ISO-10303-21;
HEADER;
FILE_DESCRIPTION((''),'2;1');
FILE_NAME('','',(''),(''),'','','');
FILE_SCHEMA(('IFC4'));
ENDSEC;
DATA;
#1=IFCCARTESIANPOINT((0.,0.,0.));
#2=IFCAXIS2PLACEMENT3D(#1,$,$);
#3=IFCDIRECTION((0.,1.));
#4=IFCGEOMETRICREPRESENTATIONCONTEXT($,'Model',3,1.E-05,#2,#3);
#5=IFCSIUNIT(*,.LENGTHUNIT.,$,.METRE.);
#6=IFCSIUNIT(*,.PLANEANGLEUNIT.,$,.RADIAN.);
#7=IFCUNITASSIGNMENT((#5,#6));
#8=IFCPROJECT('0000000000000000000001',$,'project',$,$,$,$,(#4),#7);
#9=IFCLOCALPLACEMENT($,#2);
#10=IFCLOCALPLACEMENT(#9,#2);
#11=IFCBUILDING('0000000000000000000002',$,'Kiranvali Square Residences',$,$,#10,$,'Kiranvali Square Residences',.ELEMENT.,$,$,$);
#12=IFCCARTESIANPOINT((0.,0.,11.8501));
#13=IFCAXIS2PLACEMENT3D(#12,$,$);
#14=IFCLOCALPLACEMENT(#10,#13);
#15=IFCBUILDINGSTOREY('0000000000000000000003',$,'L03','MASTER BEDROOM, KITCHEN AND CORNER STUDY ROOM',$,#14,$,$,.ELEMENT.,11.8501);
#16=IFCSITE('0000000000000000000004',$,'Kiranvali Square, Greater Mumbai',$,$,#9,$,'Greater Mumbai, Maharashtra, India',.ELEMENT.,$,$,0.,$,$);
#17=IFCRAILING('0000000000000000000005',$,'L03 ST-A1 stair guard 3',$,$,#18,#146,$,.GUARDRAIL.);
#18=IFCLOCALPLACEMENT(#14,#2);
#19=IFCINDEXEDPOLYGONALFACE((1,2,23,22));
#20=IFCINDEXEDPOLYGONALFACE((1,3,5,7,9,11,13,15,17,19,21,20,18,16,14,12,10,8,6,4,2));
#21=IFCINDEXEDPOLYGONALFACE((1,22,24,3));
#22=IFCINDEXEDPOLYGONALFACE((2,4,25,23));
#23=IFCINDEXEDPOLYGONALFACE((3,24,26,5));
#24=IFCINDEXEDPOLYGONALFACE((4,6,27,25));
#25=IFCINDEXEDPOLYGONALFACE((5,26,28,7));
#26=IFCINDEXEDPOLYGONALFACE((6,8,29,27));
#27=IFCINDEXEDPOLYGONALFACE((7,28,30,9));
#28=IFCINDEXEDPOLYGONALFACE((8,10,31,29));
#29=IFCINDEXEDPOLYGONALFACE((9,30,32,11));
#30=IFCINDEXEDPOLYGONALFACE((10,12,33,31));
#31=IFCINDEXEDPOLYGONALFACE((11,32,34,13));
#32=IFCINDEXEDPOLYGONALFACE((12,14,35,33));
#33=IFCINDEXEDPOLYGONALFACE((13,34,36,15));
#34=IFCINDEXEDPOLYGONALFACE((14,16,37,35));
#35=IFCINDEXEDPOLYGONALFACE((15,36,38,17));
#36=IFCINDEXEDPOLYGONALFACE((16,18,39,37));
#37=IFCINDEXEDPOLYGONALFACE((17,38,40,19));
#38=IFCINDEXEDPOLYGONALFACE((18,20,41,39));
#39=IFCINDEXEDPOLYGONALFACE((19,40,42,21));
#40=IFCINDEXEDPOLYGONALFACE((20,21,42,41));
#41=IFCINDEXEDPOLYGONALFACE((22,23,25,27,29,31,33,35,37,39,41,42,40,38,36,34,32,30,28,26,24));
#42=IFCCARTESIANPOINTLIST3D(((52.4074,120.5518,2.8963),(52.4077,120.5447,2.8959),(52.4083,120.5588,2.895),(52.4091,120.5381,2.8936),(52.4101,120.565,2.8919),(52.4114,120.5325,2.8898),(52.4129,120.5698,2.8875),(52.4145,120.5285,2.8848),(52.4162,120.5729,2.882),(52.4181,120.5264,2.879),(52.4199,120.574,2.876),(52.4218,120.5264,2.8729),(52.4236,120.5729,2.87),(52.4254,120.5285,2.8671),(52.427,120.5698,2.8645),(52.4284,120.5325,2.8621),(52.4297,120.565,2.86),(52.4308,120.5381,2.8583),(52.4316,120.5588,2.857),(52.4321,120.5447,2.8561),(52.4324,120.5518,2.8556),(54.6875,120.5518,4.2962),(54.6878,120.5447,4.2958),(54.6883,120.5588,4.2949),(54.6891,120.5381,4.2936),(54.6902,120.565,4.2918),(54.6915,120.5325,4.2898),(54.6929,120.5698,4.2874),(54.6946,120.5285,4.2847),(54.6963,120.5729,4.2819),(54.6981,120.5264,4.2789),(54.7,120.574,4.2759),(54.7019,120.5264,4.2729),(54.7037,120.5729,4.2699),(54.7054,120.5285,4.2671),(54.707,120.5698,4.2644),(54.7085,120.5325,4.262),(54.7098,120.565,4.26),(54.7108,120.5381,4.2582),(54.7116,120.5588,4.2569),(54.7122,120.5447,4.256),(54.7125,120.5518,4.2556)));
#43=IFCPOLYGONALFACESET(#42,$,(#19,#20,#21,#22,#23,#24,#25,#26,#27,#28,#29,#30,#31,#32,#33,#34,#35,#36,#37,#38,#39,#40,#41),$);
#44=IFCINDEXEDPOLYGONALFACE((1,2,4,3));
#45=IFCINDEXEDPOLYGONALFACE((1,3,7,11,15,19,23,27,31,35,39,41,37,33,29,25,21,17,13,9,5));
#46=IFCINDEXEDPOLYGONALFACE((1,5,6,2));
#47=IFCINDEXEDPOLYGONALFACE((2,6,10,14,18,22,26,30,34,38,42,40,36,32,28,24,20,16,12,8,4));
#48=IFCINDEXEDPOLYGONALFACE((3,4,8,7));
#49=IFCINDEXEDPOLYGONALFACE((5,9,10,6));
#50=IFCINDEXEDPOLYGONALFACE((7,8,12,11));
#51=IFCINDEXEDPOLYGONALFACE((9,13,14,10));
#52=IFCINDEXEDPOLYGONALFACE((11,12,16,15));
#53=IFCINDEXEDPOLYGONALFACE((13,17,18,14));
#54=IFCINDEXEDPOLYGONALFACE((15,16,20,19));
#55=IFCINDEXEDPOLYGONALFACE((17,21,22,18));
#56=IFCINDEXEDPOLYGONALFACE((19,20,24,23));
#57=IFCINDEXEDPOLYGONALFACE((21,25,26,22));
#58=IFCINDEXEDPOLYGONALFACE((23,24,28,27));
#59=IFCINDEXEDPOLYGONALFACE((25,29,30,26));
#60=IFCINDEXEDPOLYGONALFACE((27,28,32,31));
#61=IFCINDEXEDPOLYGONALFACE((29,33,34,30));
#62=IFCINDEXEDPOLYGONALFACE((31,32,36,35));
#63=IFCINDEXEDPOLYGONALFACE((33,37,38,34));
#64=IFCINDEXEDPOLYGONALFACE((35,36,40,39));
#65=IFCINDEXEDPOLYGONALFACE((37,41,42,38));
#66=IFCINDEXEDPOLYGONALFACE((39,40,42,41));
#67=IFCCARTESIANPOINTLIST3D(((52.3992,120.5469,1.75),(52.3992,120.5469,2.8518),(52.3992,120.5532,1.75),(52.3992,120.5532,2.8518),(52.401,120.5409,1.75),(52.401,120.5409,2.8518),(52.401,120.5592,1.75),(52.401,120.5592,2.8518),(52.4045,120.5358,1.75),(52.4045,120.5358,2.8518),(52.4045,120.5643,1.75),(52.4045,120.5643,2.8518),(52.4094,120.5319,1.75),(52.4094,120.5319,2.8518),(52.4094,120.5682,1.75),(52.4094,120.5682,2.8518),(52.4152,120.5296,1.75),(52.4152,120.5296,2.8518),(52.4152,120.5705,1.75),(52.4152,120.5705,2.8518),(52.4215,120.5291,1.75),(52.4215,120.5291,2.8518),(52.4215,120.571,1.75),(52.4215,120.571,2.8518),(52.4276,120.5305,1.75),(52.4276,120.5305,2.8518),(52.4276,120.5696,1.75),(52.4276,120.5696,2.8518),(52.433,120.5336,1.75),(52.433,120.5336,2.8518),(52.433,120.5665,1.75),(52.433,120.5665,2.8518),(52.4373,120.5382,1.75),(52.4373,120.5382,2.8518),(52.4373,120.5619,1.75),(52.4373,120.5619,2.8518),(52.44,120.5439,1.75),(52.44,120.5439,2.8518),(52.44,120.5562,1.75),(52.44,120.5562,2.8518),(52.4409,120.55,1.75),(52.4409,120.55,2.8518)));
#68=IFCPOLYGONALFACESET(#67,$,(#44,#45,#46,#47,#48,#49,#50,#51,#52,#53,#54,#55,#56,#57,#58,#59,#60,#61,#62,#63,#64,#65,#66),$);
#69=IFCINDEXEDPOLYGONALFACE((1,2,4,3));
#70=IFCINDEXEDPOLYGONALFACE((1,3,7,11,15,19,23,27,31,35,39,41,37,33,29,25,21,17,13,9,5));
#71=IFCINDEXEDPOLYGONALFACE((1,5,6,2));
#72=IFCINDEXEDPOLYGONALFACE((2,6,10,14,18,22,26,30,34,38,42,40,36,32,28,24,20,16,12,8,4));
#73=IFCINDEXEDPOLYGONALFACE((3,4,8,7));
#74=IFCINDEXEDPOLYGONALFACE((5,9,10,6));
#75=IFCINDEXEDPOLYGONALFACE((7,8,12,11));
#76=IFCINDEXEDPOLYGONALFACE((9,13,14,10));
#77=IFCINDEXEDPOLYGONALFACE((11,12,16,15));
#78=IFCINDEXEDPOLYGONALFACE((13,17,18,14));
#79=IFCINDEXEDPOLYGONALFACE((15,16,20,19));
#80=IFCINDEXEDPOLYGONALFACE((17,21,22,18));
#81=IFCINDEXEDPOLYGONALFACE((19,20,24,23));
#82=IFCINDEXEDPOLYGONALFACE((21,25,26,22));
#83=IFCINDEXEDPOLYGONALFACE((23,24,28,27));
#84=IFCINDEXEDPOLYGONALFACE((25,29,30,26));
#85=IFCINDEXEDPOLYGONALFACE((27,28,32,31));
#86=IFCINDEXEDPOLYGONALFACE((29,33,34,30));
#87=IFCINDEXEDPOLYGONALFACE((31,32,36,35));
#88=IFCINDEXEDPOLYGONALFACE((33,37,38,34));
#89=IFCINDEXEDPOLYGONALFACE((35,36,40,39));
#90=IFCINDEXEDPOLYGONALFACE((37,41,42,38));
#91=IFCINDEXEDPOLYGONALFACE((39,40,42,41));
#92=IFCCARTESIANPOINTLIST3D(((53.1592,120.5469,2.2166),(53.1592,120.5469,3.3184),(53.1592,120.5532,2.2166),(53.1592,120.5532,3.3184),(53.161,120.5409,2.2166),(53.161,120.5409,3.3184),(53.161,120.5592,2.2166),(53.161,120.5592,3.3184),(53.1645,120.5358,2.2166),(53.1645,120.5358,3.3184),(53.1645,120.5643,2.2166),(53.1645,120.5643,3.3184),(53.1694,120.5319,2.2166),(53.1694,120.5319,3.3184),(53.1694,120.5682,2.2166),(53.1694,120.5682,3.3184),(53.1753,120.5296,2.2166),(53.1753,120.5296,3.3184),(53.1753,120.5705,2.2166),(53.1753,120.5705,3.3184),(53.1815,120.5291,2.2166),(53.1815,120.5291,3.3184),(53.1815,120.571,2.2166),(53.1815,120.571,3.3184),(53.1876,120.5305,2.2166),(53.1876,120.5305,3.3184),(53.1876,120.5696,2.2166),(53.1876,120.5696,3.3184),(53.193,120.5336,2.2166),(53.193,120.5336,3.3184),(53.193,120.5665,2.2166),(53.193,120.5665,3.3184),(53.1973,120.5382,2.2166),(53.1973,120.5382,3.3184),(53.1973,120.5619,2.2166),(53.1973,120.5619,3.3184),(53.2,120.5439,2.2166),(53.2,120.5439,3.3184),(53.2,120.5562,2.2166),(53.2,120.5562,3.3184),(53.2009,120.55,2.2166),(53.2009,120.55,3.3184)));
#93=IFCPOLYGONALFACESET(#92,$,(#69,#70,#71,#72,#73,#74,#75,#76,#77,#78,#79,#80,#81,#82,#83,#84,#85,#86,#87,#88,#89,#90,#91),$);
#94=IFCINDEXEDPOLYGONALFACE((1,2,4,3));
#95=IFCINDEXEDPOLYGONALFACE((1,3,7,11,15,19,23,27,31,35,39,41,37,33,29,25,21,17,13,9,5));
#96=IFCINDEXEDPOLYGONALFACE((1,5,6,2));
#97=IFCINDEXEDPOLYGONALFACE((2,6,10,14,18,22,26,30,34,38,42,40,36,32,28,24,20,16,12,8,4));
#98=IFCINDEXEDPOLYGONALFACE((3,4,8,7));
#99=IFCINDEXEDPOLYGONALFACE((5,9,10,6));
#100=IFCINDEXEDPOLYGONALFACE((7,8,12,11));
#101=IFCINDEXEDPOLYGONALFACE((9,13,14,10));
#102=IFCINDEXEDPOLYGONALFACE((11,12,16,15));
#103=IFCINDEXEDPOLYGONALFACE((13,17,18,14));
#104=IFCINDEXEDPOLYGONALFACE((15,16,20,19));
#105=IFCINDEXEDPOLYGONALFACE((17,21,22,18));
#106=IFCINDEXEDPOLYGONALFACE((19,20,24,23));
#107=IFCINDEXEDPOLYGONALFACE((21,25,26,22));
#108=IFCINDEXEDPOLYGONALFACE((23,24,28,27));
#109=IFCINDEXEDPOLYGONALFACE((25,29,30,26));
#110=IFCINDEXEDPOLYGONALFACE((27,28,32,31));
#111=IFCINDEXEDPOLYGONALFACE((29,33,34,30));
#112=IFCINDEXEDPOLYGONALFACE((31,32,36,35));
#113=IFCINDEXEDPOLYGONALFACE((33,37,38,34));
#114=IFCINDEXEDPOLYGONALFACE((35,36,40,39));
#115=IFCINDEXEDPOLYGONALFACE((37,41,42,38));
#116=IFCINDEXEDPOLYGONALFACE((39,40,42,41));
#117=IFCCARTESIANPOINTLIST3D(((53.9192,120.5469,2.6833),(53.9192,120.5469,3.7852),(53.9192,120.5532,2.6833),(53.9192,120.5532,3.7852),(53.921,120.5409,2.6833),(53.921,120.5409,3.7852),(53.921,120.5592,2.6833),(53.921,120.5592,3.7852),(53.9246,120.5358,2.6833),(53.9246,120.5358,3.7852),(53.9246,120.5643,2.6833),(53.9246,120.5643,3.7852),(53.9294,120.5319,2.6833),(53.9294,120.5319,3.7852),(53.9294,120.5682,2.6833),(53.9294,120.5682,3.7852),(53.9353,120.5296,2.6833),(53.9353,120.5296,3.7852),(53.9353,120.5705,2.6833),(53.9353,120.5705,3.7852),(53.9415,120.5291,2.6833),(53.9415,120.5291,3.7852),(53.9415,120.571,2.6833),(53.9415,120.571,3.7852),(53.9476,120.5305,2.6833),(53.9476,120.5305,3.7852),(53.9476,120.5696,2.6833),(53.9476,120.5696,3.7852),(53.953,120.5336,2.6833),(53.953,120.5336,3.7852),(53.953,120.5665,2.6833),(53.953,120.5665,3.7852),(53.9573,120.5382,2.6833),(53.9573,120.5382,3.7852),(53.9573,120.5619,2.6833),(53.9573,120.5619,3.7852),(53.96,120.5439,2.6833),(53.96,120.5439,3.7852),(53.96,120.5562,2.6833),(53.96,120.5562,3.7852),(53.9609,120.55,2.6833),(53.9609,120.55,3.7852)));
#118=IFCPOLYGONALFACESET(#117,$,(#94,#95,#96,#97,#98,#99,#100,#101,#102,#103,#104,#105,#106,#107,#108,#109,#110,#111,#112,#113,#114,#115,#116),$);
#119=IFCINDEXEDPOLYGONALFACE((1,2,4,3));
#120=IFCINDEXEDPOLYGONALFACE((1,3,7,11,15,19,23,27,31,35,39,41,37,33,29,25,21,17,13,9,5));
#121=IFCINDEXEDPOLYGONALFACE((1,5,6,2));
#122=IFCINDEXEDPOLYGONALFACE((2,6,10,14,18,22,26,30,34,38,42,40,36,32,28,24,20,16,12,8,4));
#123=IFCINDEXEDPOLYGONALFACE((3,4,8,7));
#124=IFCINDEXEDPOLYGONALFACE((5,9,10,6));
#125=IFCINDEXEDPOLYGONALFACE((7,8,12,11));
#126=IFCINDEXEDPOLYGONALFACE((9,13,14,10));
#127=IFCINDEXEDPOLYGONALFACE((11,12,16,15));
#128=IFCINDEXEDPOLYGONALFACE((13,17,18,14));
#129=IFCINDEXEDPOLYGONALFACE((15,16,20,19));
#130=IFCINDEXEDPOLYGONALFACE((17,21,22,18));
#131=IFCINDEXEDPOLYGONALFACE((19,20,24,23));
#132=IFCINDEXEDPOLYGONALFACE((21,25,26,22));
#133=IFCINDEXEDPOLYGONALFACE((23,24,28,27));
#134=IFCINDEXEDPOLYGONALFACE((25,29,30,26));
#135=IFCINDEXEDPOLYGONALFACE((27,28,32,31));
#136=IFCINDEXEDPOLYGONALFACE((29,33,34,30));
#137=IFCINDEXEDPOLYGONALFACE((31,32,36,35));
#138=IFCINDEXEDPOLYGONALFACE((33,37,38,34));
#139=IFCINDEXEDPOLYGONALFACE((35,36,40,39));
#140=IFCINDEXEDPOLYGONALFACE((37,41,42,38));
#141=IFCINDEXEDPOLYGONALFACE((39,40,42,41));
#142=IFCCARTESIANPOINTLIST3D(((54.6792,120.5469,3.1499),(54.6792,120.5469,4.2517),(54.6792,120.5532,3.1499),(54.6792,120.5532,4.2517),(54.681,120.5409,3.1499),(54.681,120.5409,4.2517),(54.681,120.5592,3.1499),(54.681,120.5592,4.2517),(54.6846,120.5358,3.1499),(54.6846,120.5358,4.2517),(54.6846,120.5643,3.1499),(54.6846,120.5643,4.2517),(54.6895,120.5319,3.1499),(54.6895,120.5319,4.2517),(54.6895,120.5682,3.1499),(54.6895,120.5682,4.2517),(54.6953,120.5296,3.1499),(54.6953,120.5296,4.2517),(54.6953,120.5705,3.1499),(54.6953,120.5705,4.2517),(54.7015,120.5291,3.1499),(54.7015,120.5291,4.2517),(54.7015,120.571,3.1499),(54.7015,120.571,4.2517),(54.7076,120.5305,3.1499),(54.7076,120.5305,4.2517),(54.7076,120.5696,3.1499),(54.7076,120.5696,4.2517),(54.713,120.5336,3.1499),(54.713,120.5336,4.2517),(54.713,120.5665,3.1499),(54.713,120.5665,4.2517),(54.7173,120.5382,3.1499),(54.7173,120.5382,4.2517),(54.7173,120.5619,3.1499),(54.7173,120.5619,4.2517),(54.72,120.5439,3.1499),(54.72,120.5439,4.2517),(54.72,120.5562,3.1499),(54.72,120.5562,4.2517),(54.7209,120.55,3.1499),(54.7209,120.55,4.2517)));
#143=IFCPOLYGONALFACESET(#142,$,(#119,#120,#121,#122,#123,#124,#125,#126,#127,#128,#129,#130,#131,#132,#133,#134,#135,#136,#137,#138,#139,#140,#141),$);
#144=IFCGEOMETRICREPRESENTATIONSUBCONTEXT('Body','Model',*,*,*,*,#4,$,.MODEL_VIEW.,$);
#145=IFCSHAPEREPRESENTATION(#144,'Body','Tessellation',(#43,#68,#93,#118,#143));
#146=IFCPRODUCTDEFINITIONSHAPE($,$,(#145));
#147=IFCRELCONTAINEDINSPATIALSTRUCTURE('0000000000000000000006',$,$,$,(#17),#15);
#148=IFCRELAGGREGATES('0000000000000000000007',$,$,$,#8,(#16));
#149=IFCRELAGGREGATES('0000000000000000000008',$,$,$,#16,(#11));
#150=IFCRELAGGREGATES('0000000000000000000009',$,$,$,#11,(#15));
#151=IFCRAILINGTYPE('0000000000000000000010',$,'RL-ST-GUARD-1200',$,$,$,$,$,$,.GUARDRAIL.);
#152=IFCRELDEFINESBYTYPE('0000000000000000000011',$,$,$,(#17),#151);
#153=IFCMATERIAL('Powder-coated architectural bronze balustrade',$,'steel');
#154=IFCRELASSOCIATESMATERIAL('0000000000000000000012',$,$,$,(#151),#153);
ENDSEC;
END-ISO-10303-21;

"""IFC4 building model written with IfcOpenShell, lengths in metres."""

from ifc_helpers import new_model, si_unit, direction, frame, origin, origin_2d, place, context, subcontext, project, spatial, circle, extrude, material, type_object, element, save


model = new_model("IFC4")

# Units and contexts
model_context = context("Model", 3, precision=1e-05, world=origin(), true_north=direction((0.0, 1.0)))
body_context = subcontext(model_context, "Body", "Model", "MODEL_VIEW")
ifc_project = project(units=[si_unit("LENGTHUNIT", "METRE"), si_unit("PLANEANGLEUNIT", "RADIAN")], contexts=[model_context])

# Site, building, storey
site_placement = place(None, origin())
site = spatial("IfcSite", under=ifc_project, at=site_placement, Name="Kiranvali Square, Greater Mumbai", LongName="Greater Mumbai, Maharashtra, India", CompositionType="ELEMENT", RefElevation=0.0)
building_placement = place(site_placement, origin())
building = spatial("IfcBuilding", under=site, at=building_placement, Name="Kiranvali Square Residences", LongName="Kiranvali Square Residences", CompositionType="ELEMENT")
storey_placement = place(building_placement, frame((0.0, 0.0, 11.8501)))
storey = spatial("IfcBuildingStorey", under=building, at=storey_placement, Name="L03", Description="MASTER BEDROOM, KITCHEN AND CORNER STUDY ROOM", CompositionType="ELEMENT", Elevation=11.8501)

# Railing
ifc_material_1 = material(Name="Powder-coated architectural bronze balustrade", Category="steel")
railing_type_1 = type_object("IfcRailingType", Name="RL-ST-GUARD-1200", PredefinedType="GUARDRAIL", material=ifc_material_1)
railing_1_placement = place(storey_placement, frame((52.4199, 120.55, 1.75)))
element("IfcRailing", 1, at=railing_1_placement, inside=storey, type_object=railing_type_1, Name="L03 ST-A1 stair guard 3", PredefinedType="GUARDRAIL", context=body_context, shape_type="SweptSolid", body=[
    extrude(circle(Radius=0.0239, at=origin_2d()), frame((0.0, 0.0, 1.126), z_axis=(0.85219, 0.0, 0.523232), x_axis=(0.0, 1.0, 0.0)), (0.0, 0.0, 1.0), 2.6755),
    extrude(circle(Radius=0.021, at=origin_2d()), origin(), (0.0, 0.0, 1.0), 1.1018),
    extrude(circle(Radius=0.021, at=origin_2d()), frame((0.76, 0.0, 0.4666)), (0.0, 0.0, 1.0), 1.1018),
    extrude(circle(Radius=0.021, at=origin_2d()), frame((1.52, 0.0, 0.9333)), (0.0, 0.0, 1.0), 1.1018),
    extrude(circle(Radius=0.021, at=origin_2d()), frame((2.28, 0.0, 1.3999)), (0.0, 0.0, 1.0), 1.1018),
])

save(model, "model.ifc")
